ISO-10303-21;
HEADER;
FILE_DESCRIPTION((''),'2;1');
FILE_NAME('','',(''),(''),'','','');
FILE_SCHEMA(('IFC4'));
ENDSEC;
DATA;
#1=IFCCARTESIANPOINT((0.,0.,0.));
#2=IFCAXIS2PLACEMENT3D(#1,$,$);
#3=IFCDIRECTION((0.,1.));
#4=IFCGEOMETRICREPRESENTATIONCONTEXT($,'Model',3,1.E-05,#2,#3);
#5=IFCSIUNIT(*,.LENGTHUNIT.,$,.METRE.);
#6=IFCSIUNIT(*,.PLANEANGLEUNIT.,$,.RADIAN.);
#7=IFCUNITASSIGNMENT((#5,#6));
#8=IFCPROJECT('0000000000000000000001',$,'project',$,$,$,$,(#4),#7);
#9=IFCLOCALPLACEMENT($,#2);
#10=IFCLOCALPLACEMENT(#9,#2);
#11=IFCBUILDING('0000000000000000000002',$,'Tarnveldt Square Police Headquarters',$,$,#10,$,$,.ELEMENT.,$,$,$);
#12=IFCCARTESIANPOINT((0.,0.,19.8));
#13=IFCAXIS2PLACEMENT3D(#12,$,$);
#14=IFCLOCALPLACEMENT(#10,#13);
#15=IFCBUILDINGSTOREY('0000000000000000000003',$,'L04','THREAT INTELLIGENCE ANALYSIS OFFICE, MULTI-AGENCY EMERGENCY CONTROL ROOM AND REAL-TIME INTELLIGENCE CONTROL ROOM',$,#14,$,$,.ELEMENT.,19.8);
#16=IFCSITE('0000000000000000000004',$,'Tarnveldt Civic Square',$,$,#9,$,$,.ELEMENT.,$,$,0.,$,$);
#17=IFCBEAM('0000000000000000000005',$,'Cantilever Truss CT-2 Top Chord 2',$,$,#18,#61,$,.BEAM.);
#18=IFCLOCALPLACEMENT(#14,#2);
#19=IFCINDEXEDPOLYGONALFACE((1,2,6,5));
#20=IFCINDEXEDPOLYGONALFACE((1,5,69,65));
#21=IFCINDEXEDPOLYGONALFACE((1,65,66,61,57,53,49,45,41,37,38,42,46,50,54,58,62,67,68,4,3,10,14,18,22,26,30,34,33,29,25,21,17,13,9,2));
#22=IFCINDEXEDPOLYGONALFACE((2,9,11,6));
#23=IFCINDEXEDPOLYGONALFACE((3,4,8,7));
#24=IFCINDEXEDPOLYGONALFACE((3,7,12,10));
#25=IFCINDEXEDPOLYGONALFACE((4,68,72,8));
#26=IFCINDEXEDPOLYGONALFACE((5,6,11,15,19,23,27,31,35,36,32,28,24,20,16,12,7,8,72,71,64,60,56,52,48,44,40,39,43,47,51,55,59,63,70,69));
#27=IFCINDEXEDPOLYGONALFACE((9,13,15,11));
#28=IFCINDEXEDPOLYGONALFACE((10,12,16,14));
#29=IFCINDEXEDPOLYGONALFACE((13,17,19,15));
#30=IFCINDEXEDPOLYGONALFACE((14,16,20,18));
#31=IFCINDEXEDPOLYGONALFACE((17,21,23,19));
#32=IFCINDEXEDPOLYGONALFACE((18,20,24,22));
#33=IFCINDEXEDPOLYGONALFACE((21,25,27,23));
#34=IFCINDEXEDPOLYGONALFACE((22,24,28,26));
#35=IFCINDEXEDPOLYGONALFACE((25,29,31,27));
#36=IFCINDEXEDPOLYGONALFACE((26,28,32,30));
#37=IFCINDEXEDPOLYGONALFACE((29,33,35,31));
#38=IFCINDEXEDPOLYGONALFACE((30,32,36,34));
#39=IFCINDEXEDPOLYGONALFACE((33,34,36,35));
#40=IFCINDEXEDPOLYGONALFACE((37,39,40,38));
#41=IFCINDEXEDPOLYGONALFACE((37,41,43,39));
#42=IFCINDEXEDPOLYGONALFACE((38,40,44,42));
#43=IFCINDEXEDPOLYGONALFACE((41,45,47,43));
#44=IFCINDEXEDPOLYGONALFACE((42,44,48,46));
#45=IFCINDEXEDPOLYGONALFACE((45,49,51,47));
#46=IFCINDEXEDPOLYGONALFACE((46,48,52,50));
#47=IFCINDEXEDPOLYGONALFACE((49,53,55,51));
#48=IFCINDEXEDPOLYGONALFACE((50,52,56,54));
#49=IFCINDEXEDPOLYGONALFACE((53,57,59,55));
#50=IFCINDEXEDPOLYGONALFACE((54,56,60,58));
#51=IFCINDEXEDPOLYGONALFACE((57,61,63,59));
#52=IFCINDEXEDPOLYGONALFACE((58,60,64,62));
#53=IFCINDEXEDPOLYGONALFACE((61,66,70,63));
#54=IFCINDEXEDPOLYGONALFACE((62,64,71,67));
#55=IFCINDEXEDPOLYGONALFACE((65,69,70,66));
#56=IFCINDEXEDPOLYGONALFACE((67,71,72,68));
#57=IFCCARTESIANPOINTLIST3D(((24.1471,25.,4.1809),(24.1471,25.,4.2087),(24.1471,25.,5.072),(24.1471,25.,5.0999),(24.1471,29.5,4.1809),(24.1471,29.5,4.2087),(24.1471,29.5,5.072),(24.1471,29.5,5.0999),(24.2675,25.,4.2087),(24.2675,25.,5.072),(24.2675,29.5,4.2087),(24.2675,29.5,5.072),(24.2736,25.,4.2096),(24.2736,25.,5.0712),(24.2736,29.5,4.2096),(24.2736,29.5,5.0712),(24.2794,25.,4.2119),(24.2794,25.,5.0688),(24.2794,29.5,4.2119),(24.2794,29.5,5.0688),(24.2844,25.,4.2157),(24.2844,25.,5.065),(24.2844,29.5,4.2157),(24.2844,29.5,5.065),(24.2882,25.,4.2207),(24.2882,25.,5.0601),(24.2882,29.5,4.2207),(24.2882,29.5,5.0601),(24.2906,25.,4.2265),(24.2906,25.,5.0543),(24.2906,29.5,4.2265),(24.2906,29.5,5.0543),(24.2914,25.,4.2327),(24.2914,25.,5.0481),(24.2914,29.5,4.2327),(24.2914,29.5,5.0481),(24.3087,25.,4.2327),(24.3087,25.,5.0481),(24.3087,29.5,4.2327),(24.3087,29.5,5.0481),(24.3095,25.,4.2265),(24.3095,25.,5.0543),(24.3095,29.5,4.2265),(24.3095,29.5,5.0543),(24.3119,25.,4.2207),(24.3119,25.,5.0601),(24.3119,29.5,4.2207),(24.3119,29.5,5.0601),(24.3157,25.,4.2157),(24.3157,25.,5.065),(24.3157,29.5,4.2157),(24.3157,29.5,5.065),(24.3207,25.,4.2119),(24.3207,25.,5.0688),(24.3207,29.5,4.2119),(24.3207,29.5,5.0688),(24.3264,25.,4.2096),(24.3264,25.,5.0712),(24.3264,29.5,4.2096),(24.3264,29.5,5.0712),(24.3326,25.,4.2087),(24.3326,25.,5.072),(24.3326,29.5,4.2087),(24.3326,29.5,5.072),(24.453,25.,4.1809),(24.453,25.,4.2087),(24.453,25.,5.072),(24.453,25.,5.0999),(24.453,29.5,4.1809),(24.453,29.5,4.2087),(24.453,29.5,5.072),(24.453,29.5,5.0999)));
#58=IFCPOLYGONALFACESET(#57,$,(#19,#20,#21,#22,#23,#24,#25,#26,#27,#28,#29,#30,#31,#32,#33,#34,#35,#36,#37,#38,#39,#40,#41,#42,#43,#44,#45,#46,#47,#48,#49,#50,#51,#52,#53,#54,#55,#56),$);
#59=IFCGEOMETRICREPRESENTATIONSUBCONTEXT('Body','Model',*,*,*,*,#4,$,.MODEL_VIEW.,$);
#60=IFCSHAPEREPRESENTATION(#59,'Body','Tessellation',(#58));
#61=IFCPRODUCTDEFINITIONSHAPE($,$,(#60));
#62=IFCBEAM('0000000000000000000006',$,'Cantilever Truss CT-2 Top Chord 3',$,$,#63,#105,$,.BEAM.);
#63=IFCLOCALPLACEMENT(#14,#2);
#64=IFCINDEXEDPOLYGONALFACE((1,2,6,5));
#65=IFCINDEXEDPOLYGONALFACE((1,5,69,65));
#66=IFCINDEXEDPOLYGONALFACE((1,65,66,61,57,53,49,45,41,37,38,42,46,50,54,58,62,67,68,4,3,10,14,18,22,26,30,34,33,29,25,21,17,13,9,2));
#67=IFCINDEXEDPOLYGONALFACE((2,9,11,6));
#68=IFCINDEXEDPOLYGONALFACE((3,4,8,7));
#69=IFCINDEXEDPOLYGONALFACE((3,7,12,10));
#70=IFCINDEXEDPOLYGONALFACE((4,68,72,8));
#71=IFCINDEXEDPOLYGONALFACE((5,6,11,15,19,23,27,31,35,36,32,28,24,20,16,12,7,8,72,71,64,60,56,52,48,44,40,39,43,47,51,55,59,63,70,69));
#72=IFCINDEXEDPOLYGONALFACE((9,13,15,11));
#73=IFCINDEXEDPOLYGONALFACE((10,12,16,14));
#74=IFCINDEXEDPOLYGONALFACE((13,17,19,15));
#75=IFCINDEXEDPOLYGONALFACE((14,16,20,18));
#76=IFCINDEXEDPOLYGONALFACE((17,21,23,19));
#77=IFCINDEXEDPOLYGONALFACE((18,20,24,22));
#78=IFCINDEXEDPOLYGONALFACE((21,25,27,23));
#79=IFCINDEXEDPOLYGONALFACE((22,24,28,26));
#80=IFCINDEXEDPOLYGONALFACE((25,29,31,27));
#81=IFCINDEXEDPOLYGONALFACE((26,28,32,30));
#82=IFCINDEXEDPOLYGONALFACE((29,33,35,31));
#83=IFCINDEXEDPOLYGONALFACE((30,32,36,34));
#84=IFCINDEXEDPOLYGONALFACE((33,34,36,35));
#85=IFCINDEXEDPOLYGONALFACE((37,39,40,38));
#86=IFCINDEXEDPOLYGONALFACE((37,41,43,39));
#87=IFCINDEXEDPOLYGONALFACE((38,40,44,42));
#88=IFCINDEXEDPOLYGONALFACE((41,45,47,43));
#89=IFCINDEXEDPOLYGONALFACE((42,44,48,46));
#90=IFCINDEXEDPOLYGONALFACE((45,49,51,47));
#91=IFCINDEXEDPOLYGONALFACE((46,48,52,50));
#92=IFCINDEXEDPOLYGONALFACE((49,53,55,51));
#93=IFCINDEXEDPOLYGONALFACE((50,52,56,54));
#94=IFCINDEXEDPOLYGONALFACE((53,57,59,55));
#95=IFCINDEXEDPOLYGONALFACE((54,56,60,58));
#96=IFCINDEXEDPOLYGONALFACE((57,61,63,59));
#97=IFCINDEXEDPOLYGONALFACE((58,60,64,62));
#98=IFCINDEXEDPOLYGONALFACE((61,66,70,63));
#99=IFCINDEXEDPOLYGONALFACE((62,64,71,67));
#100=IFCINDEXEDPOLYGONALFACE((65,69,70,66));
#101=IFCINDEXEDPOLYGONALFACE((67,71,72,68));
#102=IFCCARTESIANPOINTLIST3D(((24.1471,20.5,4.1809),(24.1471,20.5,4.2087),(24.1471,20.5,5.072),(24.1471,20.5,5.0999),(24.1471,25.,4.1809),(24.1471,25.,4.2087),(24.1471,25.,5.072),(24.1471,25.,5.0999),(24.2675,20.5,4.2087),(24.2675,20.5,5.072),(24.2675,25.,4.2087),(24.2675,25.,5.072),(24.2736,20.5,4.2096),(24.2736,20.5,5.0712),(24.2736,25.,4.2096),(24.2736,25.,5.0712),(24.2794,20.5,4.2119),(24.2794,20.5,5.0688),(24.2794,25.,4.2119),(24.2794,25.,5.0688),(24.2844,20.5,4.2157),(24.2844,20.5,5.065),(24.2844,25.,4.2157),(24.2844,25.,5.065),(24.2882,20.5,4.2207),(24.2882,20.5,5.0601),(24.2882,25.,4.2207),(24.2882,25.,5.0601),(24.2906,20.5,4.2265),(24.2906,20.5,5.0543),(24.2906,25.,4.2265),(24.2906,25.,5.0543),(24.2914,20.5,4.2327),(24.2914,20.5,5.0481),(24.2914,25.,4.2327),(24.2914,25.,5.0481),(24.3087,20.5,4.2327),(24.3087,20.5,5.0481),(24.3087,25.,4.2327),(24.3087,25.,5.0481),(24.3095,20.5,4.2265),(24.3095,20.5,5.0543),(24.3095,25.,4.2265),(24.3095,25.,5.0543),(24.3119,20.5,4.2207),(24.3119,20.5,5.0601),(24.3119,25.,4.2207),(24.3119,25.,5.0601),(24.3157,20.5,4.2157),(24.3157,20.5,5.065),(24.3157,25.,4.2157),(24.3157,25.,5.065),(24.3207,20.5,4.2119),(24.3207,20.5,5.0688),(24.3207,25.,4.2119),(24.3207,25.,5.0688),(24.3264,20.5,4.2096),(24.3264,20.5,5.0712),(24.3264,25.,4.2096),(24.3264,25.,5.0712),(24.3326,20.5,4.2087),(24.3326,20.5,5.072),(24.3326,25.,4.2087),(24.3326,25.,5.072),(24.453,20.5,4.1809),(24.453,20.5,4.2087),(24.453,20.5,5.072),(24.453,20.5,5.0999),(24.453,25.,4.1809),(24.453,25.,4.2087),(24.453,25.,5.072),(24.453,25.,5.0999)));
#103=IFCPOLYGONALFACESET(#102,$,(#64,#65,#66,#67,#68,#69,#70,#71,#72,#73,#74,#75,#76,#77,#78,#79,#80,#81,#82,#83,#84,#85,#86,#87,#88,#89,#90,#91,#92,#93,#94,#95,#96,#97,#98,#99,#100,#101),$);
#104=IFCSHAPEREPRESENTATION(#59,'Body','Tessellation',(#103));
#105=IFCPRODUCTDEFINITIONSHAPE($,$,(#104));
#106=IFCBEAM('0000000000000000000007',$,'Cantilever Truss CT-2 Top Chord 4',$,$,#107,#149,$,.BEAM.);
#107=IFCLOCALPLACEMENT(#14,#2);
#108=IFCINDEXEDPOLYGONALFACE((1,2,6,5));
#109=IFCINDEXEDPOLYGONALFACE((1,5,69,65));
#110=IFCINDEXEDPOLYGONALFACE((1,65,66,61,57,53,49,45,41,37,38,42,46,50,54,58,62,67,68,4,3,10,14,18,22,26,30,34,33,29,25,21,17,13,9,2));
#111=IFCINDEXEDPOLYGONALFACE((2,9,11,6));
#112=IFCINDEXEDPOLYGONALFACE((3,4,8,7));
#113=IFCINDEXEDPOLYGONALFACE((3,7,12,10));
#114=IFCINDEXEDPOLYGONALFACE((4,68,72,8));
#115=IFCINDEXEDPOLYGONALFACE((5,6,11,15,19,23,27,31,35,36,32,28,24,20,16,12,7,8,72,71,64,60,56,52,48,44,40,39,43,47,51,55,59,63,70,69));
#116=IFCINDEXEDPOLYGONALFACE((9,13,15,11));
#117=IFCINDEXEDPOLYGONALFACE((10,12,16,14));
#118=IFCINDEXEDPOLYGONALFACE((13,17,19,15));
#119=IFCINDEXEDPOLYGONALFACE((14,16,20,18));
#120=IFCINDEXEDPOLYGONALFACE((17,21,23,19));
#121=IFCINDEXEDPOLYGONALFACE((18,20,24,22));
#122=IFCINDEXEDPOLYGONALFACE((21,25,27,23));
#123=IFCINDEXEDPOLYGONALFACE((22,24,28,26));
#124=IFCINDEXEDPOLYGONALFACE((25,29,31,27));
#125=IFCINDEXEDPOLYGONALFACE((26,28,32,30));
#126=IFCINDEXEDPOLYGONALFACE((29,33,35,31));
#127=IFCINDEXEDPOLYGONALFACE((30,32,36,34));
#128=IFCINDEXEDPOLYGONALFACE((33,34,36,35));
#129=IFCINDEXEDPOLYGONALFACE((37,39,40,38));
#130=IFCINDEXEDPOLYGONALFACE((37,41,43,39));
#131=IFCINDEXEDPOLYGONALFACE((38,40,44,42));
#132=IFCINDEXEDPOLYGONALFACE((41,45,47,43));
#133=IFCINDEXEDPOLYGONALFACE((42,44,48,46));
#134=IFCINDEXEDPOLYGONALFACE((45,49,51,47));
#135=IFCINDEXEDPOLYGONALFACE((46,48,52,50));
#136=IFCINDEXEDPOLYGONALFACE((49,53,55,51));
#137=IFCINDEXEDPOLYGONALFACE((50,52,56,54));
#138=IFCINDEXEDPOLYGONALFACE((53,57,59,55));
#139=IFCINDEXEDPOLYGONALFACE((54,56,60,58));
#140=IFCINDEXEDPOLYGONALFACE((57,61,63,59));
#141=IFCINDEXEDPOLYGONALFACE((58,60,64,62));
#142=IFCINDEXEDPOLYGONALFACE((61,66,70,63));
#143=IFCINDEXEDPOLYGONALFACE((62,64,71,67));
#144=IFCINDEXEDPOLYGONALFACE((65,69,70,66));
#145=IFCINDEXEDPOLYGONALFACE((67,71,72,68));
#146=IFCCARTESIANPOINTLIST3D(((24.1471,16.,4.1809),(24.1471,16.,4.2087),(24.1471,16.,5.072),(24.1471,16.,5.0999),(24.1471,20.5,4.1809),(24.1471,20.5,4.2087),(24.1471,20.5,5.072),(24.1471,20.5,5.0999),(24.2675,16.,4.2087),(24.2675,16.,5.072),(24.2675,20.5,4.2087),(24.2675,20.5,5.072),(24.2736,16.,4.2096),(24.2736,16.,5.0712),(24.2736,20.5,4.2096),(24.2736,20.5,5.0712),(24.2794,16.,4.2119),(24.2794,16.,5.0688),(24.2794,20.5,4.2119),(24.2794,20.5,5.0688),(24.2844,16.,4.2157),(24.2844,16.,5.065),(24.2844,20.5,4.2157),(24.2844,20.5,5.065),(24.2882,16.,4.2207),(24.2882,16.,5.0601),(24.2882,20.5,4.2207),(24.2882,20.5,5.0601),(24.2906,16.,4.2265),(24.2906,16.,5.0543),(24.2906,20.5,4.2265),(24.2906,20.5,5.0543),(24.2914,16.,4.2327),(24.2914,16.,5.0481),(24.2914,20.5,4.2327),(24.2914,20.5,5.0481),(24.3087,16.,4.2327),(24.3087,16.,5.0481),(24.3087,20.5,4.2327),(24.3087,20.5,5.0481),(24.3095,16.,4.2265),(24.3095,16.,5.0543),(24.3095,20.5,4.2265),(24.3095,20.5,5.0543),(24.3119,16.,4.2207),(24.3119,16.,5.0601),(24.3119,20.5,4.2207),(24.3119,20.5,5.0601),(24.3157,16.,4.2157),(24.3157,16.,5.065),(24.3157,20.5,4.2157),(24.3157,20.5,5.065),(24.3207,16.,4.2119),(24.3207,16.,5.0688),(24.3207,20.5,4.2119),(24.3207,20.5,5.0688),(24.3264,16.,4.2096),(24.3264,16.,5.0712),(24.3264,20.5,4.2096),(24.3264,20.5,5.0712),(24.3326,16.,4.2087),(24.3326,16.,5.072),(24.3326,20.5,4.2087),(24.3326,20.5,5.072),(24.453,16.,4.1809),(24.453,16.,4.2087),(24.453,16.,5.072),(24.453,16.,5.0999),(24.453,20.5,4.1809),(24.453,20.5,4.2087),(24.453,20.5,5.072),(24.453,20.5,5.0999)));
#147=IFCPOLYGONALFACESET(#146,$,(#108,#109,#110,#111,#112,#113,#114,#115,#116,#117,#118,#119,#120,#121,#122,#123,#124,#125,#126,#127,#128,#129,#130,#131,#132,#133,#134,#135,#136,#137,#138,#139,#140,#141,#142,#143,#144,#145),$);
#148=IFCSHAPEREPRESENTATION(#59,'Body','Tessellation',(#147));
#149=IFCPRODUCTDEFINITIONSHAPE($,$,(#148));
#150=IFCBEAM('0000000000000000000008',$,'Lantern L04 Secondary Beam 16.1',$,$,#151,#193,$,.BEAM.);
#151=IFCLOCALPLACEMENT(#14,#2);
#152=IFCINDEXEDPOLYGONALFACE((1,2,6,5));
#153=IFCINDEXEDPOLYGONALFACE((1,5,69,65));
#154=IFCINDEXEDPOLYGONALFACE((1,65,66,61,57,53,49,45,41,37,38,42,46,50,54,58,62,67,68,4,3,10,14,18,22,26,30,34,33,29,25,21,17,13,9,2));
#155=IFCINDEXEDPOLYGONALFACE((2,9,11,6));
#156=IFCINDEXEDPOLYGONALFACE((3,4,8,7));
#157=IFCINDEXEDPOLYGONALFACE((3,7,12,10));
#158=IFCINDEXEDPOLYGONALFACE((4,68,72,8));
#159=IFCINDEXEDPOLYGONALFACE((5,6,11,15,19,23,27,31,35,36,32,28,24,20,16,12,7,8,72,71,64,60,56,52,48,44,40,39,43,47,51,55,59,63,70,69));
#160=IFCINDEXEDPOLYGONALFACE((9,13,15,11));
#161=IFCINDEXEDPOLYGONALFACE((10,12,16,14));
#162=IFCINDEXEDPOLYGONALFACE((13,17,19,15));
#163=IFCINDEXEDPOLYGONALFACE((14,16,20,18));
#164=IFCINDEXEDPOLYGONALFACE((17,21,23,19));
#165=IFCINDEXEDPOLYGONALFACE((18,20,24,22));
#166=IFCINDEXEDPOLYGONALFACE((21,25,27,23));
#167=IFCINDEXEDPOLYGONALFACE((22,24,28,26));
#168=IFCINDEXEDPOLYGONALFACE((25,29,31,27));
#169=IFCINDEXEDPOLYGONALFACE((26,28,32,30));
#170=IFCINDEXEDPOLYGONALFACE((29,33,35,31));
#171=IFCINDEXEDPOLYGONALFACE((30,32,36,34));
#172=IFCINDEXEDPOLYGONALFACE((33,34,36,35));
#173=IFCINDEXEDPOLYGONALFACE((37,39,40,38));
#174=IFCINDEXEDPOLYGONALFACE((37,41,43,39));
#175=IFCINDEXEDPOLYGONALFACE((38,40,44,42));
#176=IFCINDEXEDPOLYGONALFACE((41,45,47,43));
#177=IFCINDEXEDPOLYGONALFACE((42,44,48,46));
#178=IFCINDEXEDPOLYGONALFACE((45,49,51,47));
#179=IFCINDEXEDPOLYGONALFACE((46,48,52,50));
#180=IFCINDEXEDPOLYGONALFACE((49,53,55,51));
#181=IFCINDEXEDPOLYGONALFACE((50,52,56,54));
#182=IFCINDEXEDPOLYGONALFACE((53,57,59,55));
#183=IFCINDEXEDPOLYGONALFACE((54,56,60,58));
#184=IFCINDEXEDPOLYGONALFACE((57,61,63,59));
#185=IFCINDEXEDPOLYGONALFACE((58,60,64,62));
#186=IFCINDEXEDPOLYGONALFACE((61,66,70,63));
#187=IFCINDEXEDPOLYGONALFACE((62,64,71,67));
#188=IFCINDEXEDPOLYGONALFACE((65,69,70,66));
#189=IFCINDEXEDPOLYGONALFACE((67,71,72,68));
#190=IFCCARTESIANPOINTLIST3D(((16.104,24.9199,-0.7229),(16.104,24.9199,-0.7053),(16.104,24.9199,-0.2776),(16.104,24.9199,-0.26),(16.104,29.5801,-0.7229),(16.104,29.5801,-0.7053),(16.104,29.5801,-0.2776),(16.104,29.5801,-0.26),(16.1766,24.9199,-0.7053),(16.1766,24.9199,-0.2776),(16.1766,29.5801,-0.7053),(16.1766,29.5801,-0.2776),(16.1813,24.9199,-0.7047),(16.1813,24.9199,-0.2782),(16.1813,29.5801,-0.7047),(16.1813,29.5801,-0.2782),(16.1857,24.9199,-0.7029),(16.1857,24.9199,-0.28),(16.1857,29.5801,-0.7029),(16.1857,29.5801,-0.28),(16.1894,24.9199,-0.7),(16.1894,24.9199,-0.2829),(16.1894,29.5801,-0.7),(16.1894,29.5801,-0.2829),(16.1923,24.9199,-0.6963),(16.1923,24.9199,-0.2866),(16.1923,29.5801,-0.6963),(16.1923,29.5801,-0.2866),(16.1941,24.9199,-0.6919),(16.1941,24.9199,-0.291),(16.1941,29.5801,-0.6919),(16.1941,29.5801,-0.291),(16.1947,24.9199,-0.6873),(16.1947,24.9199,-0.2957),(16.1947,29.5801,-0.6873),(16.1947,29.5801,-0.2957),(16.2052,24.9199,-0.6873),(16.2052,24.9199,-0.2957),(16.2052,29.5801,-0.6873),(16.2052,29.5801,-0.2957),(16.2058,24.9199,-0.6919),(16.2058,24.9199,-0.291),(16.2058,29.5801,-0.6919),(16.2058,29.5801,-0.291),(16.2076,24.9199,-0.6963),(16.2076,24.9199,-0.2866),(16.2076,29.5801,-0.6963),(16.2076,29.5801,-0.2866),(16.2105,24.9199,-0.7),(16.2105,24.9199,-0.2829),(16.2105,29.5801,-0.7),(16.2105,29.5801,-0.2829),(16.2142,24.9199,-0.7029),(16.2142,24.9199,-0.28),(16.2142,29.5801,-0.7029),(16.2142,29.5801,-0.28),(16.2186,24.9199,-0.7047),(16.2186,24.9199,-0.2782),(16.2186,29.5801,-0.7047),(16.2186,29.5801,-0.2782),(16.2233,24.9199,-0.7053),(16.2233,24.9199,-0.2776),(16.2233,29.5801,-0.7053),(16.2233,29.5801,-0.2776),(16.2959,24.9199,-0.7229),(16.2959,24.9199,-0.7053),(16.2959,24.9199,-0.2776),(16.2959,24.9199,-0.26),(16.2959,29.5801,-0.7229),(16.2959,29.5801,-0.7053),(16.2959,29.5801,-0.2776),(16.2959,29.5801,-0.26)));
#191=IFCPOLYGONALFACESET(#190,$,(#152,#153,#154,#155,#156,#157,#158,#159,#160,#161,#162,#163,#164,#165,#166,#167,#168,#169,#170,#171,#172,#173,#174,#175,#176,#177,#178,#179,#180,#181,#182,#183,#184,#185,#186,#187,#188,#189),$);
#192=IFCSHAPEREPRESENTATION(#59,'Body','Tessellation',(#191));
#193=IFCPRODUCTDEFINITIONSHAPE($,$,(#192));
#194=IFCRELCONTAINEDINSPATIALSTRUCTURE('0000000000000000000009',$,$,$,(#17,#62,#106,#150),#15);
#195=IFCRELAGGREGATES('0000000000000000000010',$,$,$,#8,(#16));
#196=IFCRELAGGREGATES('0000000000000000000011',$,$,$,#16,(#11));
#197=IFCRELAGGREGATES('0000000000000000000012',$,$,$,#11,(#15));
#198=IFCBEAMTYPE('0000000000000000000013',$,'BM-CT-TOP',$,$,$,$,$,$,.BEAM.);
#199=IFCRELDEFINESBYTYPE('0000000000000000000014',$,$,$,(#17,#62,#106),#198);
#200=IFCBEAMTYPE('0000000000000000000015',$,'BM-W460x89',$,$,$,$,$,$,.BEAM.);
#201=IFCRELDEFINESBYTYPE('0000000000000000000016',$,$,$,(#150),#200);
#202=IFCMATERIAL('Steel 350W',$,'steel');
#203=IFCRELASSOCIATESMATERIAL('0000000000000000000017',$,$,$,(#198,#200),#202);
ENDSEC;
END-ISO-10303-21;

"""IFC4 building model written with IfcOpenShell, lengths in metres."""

from ifc_helpers import new_model, si_unit, direction, frame, origin, origin_2d, place, context, subcontext, project, spatial, i_section, extrude, material, material_profile, profile_set, type_object, element, save


model = new_model("IFC4")

# Units and contexts
model_context = context("Model", 3, precision=1e-05, world=origin(), true_north=direction((0.0, 1.0)))
body_context = subcontext(model_context, "Body", "Model", "MODEL_VIEW")
ifc_project = project(units=[si_unit("LENGTHUNIT", "METRE"), si_unit("PLANEANGLEUNIT", "RADIAN")], contexts=[model_context])

# Site, building, storey
site_placement = place(None, origin())
site = spatial("IfcSite", under=ifc_project, at=site_placement, Name="Tarnveldt Civic Square", CompositionType="ELEMENT", RefElevation=0.0)
building_placement = place(site_placement, origin())
building = spatial("IfcBuilding", under=site, at=building_placement, Name="Tarnveldt Square Police Headquarters", CompositionType="ELEMENT")
storey_placement = place(building_placement, frame((0.0, 0.0, 19.8)))
storey = spatial("IfcBuildingStorey", under=building, at=storey_placement, Name="L04", Description="THREAT INTELLIGENCE ANALYSIS OFFICE, MULTI-AGENCY EMERGENCY CONTROL ROOM AND REAL-TIME INTELLIGENCE CONTROL ROOM", CompositionType="ELEMENT", Elevation=19.8)

# Beams
ifc_material_1 = material(Name="Steel 350W", Category="steel")
ifc_material_profile_1 = material_profile(ifc_material_1, i_section(OverallWidth=0.3059, OverallDepth=0.9189, WebThickness=0.0173, FlangeThickness=0.0278, FilletRadius=0.0239, at=origin_2d()), Name="W920x253")
ifc_profile_set_1 = profile_set([ifc_material_profile_1], Name="Steel 350W")
beam_type_1 = type_object("IfcBeamType", Name="BM-CT-TOP", PredefinedType="BEAM", material=ifc_profile_set_1)
for number, where, z_axis, x_axis, name in (
    (1, (24.3, 29.5, 4.6404), (0.0, -1.0, 0.0), (1.0, 0.0, 0.0), "Cantilever Truss CT-2 Top Chord 2"),
    (2, (24.3, 25.0, 4.6404), (0.0, -1.0, 0.0), (1.0, 0.0, 0.0), "Cantilever Truss CT-2 Top Chord 3"),
    (3, (24.3, 20.5, 4.6404), (0.0, -1.0, 0.0), (1.0, 0.0, 0.0), "Cantilever Truss CT-2 Top Chord 4"),
):
    element("IfcBeam", number, at=place(storey_placement, frame(where, z_axis=z_axis, x_axis=x_axis)), inside=storey, type_object=beam_type_1, Name=name, PredefinedType="BEAM", context=body_context, shape_type="SweptSolid", body=[
        extrude(i_section(OverallWidth=0.3059, OverallDepth=0.9189, WebThickness=0.0173, FlangeThickness=0.0278, FilletRadius=0.0239, at=origin_2d()), origin(), (0.0, 0.0, 1.0), 4.5),
    ])
ifc_material_profile_2 = material_profile(ifc_material_1, i_section(OverallWidth=0.1919, OverallDepth=0.4629, WebThickness=0.0105, FlangeThickness=0.0176, FilletRadius=0.0181, at=origin_2d()), Name="W460x89")
ifc_profile_set_2 = profile_set([ifc_material_profile_2], Name="Steel 350W")
beam_type_2 = type_object("IfcBeamType", Name="BM-W460x89", PredefinedType="BEAM", material=ifc_profile_set_2)
for number, where, z_axis, x_axis, name in (
    (4, (16.2, 29.5801, -0.4915), (0.0, -1.0, 0.0), (1.0, 0.0, 0.0), "Lantern L04 Secondary Beam 16.1"),
):
    element("IfcBeam", number, at=place(storey_placement, frame(where, z_axis=z_axis, x_axis=x_axis)), inside=storey, type_object=beam_type_2, Name=name, PredefinedType="BEAM", context=body_context, shape_type="SweptSolid", body=[
        extrude(i_section(OverallWidth=0.1919, OverallDepth=0.4629, WebThickness=0.0105, FlangeThickness=0.0176, FilletRadius=0.0181, at=origin_2d()), origin(), (0.0, 0.0, 1.0), 4.6602),
    ])

save(model, "model.ifc")
